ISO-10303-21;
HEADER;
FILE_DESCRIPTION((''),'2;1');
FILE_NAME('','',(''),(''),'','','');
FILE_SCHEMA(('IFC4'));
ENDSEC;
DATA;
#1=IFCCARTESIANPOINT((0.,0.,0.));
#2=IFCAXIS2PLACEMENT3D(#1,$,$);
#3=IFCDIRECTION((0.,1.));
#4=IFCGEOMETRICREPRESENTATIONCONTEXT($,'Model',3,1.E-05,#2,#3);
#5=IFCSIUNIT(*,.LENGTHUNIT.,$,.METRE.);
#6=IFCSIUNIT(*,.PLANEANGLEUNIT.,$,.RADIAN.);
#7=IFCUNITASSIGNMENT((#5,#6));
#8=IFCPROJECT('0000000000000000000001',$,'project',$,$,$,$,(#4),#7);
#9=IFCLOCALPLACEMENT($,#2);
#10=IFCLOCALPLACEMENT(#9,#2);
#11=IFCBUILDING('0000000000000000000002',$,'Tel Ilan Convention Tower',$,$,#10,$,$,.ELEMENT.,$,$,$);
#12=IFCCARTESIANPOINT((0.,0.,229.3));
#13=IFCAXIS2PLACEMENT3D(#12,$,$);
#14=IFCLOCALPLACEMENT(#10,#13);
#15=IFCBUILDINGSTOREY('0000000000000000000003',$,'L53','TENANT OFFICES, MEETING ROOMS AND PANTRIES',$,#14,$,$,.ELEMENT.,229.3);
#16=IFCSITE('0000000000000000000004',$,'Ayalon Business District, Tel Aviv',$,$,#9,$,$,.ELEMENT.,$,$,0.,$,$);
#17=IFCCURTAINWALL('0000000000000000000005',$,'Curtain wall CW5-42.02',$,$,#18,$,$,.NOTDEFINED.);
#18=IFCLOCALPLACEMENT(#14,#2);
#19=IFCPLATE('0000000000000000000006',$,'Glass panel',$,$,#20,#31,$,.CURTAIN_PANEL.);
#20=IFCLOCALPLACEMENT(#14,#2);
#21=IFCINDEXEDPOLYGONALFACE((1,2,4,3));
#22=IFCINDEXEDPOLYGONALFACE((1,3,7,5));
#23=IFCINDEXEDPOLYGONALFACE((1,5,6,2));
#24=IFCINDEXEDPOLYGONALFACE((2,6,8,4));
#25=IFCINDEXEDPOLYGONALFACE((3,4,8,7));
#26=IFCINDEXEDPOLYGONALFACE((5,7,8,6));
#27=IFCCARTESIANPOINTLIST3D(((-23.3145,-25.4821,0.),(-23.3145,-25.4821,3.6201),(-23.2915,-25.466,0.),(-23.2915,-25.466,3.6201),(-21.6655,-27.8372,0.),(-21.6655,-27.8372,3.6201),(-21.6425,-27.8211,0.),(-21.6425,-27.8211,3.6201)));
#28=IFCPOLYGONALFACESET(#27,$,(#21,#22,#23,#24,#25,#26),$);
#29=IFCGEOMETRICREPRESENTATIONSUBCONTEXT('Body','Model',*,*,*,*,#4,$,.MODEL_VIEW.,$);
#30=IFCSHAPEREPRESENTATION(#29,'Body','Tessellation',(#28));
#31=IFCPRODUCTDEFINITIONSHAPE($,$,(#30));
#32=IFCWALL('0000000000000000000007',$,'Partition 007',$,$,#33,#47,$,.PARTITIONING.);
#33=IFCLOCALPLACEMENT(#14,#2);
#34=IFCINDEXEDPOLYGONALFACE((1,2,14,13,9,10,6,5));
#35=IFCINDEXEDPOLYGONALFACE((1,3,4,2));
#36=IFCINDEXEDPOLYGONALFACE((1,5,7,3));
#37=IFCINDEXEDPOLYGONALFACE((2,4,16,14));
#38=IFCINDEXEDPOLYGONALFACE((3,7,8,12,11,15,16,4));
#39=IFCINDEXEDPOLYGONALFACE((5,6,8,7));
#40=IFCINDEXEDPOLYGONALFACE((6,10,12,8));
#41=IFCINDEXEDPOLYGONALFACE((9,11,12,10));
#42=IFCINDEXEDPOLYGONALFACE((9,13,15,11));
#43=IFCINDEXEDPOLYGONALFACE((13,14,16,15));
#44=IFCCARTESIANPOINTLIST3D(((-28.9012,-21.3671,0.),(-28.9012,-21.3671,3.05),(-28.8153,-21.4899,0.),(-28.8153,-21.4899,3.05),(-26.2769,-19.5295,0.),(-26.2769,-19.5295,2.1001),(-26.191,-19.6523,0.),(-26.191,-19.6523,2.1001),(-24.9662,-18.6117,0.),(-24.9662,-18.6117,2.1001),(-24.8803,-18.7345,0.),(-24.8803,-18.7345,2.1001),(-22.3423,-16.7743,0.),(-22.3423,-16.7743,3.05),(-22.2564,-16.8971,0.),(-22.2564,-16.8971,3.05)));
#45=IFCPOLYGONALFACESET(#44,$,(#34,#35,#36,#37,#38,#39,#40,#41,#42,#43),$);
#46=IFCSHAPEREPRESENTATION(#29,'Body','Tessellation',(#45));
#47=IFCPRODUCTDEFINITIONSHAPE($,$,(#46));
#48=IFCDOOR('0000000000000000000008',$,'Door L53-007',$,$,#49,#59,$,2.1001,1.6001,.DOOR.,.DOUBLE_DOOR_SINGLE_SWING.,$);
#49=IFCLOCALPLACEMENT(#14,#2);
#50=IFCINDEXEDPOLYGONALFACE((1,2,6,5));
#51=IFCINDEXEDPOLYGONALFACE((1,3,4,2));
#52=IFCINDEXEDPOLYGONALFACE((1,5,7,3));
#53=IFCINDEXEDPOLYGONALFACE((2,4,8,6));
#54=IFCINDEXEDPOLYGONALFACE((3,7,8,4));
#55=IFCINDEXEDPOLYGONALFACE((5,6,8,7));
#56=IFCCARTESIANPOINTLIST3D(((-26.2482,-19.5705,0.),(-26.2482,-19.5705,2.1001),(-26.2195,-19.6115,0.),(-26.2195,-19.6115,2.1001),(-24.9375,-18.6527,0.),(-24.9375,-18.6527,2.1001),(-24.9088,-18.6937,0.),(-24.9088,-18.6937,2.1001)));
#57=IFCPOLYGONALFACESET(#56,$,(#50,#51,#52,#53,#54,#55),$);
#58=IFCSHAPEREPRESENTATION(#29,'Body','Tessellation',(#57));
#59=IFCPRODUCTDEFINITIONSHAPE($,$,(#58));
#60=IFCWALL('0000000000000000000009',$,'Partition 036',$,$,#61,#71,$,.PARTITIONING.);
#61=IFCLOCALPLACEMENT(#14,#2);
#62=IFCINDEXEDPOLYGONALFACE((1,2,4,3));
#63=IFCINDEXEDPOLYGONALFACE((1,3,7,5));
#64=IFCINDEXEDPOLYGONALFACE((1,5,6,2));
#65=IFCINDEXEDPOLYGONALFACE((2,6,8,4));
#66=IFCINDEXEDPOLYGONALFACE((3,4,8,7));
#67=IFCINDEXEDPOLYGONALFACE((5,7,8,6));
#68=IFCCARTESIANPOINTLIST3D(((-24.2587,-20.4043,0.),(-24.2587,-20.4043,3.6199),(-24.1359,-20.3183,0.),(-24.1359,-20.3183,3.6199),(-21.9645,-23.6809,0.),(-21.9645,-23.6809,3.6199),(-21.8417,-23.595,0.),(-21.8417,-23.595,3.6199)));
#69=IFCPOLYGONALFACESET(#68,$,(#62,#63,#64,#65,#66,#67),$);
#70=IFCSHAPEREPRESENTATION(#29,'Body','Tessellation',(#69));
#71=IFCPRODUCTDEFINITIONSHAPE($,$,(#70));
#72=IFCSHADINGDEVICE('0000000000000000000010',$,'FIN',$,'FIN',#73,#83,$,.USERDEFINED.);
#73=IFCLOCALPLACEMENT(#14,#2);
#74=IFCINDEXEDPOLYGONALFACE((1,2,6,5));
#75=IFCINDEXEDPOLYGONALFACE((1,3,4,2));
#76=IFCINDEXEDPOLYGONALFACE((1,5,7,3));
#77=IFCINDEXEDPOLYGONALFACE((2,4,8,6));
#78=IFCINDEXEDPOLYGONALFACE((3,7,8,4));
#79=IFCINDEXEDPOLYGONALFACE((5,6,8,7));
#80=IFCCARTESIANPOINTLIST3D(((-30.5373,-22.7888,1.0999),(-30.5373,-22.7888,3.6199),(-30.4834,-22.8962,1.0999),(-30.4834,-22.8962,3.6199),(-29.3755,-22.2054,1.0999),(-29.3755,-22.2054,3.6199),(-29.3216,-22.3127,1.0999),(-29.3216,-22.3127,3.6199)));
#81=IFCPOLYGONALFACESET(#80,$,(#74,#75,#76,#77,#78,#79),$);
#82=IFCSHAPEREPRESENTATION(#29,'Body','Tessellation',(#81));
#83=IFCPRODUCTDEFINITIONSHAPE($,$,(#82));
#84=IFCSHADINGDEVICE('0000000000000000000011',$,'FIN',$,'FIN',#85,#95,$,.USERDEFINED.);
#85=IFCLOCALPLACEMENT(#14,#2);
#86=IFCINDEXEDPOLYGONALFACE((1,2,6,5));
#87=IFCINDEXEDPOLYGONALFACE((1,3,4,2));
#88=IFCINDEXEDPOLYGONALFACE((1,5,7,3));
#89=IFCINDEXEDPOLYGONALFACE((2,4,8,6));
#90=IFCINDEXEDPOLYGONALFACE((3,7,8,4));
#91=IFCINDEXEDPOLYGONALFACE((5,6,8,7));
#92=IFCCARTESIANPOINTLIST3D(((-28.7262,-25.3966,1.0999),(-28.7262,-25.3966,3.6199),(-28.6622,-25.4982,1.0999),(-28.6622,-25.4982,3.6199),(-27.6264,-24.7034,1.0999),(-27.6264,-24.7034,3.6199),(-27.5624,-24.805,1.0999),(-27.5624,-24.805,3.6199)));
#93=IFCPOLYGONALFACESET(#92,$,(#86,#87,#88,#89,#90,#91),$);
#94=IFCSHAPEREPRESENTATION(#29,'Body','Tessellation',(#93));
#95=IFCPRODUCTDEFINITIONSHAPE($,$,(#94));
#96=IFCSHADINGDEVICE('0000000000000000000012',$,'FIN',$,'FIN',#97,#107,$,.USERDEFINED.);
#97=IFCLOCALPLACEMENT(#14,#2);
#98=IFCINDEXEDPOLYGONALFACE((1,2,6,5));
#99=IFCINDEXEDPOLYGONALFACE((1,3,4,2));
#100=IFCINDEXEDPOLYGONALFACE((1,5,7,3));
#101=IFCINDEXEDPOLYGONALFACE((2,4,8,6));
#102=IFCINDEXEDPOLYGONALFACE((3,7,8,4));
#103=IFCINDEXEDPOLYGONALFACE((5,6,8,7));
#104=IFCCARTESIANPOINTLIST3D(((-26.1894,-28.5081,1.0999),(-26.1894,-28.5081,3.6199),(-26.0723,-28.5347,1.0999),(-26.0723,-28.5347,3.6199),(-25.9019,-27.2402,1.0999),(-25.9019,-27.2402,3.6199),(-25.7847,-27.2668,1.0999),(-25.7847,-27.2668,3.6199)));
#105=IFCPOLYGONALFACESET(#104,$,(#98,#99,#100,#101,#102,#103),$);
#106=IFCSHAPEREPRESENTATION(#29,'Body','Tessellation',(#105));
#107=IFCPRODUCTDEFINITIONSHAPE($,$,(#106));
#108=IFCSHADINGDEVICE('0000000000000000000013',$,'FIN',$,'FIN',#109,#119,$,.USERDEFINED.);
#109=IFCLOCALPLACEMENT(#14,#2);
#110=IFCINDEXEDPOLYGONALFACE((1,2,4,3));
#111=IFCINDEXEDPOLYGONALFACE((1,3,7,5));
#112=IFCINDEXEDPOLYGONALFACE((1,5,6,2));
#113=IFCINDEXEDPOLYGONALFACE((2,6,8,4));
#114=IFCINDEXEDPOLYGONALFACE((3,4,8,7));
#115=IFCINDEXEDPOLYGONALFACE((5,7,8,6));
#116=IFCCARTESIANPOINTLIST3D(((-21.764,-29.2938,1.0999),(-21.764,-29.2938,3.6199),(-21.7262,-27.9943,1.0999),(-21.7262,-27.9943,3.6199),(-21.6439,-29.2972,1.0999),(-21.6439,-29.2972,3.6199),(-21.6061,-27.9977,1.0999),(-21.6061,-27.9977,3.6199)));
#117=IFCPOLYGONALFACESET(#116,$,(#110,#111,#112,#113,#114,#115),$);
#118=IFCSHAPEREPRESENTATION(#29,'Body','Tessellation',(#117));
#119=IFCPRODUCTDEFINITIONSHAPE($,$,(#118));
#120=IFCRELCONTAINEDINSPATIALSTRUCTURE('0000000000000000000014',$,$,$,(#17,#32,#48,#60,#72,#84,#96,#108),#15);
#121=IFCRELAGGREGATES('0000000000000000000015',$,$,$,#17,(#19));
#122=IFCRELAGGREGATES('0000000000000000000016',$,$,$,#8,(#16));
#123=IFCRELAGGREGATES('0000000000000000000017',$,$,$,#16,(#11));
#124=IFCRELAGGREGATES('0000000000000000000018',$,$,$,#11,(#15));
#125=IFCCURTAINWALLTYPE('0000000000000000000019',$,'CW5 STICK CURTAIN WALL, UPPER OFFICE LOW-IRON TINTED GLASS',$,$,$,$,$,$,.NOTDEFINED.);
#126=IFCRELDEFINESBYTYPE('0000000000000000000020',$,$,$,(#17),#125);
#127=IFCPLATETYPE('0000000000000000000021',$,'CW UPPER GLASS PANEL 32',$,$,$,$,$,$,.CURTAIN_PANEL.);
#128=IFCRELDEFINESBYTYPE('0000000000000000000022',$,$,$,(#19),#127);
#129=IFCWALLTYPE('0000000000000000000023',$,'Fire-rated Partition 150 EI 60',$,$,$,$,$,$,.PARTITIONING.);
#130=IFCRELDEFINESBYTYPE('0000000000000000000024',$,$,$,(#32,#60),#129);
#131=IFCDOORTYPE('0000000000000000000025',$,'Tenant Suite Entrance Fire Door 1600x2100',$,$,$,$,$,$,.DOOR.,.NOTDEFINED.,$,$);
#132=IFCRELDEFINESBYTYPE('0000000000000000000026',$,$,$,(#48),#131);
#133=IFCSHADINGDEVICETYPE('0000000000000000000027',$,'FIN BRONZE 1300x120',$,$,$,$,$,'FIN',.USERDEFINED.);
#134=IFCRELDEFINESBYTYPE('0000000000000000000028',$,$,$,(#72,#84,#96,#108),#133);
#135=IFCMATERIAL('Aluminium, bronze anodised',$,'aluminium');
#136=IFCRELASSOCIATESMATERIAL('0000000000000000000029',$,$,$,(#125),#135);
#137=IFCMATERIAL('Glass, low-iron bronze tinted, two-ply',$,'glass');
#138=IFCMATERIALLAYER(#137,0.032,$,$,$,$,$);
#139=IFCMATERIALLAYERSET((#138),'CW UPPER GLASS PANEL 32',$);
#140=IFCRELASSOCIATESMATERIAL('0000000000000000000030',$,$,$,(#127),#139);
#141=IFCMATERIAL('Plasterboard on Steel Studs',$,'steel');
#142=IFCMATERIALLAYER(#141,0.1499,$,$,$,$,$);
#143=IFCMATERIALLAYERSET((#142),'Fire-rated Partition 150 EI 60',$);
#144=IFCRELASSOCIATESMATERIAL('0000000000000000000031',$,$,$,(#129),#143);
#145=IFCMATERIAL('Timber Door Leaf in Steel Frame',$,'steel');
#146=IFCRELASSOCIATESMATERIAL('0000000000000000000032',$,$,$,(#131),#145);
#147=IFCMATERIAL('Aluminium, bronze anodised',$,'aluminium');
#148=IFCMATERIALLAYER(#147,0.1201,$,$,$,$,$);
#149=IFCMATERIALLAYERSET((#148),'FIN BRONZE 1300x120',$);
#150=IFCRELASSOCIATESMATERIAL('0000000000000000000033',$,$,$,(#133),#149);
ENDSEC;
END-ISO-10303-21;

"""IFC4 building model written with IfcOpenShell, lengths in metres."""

from ifc_helpers import new_model, si_unit, direction, frame, frame_2d, origin, origin_2d, place, context, subcontext, project, spatial, rectangle, extrude, material, layer, layer_set, type_object, element, fill, aggregate, save


model = new_model("IFC4")

# Units and contexts
model_context = context("Model", 3, precision=1e-05, world=origin(), true_north=direction((0.0, 1.0)))
body_context = subcontext(model_context, "Body", "Model", "MODEL_VIEW")
ifc_project = project(units=[si_unit("LENGTHUNIT", "METRE"), si_unit("PLANEANGLEUNIT", "RADIAN")], contexts=[model_context])

# Site, building, storey
site_placement = place(None, origin())
site = spatial("IfcSite", under=ifc_project, at=site_placement, Name="Ayalon Business District, Tel Aviv", CompositionType="ELEMENT", RefElevation=0.0)
building_placement = place(site_placement, origin())
building = spatial("IfcBuilding", under=site, at=building_placement, Name="Tel Ilan Convention Tower", CompositionType="ELEMENT")
storey_placement = place(building_placement, frame((0.0, 0.0, 229.3)))
storey = spatial("IfcBuildingStorey", under=building, at=storey_placement, Name="L53", Description="TENANT OFFICES, MEETING ROOMS AND PANTRIES", CompositionType="ELEMENT", Elevation=229.3)

# Curtain wall, plate
ifc_material_1 = material(Name="Aluminium, bronze anodised", Category="aluminium")
curtain_wall_type = type_object("IfcCurtainWallType", Name="CW5 STICK CURTAIN WALL, UPPER OFFICE LOW-IRON TINTED GLASS", PredefinedType="NOTDEFINED", material=ifc_material_1)
curtain_wall_placement = place(storey_placement, origin())
curtain_wall = element("IfcCurtainWall", 1, at=curtain_wall_placement, inside=storey, type_object=curtain_wall_type, Name="Curtain wall CW5-42.02", PredefinedType="NOTDEFINED")
ifc_material_2 = material(Name="Glass, low-iron bronze tinted, two-ply", Category="glass")
ifc_layer_1 = layer(ifc_material_2, 0.032)
ifc_layer_set_1 = layer_set([ifc_layer_1], Name="CW UPPER GLASS PANEL 32")
plate_type = type_object("IfcPlateType", Name="CW UPPER GLASS PANEL 32", PredefinedType="CURTAIN_PANEL", material=ifc_layer_set_1)
plate_1_placement = place(storey_placement, frame((-22.4785, -26.6516, 0.0), z_axis=(0.0, 0.0, 1.0), x_axis=(0.573576, -0.819152, 0.0)))
plate_1 = element("IfcPlate", 2, at=plate_1_placement, type_object=plate_type, Name="Glass panel", PredefinedType="CURTAIN_PANEL", context=body_context, shape_type="SweptSolid", body=[
    extrude(rectangle(XDim=2.875, YDim=0.0281, at=origin_2d()), origin(), (0.0, 0.0, 1.0), 3.6201),
])
aggregate(curtain_wall, [plate_1])

# Wall, opening, door
ifc_material_3 = material(Name="Plasterboard on Steel Studs", Category="steel")
ifc_layer_2 = layer(ifc_material_3, 0.1499)
ifc_layer_set_2 = layer_set([ifc_layer_2], Name="Fire-rated Partition 150 EI 60")
wall_type = type_object("IfcWallType", Name="Fire-rated Partition 150 EI 60", PredefinedType="PARTITIONING", material=ifc_layer_set_2)
wall_1_placement = place(storey_placement, frame((-28.8582, -21.4285, 0.0), z_axis=(0.0, 0.0, 1.0), x_axis=(0.819139, 0.573595, 0.0)))
wall_1 = element("IfcWall", 3, at=wall_1_placement, inside=storey, type_object=wall_type, Name="Partition 007", PredefinedType="PARTITIONING", context=body_context, shape_type="SweptSolid", body=[
    extrude(rectangle(XDim=8.0071, YDim=0.1499, at=frame_2d((4.0034, 0.0))), origin(), (0.0, 0.0, 1.0), 3.05),
])
opening_placement = place(wall_1_placement, frame((3.2036, 0.0, 0.0)))
opening = element("IfcOpeningElement", 4, at=opening_placement, cuts=wall_1, PredefinedType="OPENING", context=body_context, shape_type="SweptSolid", body=[
    extrude(rectangle(XDim=1.6001, YDim=2.1001, at=frame_2d((0.8, 1.05))), frame((0.0, 0.085, 0.0), z_axis=(0.0, -1.0, 0.0), x_axis=(1.0, 0.0, 0.0)), (0.0, 0.0, 1.0), 0.1699),
])
ifc_material_4 = material(Name="Timber Door Leaf in Steel Frame", Category="steel")
door_type = type_object("IfcDoorType", Name="Tenant Suite Entrance Fire Door 1600x2100", OperationType="NOTDEFINED", PredefinedType="DOOR", material=ifc_material_4)
door_placement = place(opening_placement, origin())
door = element("IfcDoor", 5, at=door_placement, inside=storey, type_object=door_type, Name="Door L53-007", OperationType="DOUBLE_DOOR_SINGLE_SWING", OverallHeight=2.1001, OverallWidth=1.6001, PredefinedType="DOOR", context=body_context, shape_type="SweptSolid", body=[
    extrude(rectangle(XDim=1.6001, YDim=2.1001, at=frame_2d((0.8, 1.05))), frame((0.0, 0.0249, 0.0), z_axis=(0.0, -1.0, 0.0), x_axis=(1.0, 0.0, 0.0)), (0.0, 0.0, 1.0), 0.05),
])
fill(opening, door)

# Wall
wall_2_placement = place(storey_placement, frame((-21.9031, -23.6379, 0.0), z_axis=(0.0, 0.0, 1.0), x_axis=(-0.573557, 0.819166, 0.0)))
element("IfcWall", 6, at=wall_2_placement, inside=storey, type_object=wall_type, Name="Partition 036", PredefinedType="PARTITIONING", context=body_context, shape_type="SweptSolid", body=[
    extrude(rectangle(XDim=4.0, YDim=0.1499, at=frame_2d((2.0, 0.0))), origin(), (0.0, 0.0, 1.0), 3.6199),
])

# Shading devices
ifc_material_5 = material(Name="Aluminium, bronze anodised", Category="aluminium")
ifc_layer_3 = layer(ifc_material_5, 0.1201)
ifc_layer_set_3 = layer_set([ifc_layer_3], Name="FIN BRONZE 1300x120")
shading_device_type = type_object("IfcShadingDeviceType", Name="FIN BRONZE 1300x120", ElementType="FIN", PredefinedType="USERDEFINED", material=ifc_layer_set_3)
for number, where, z_axis, x_axis, name in (
    (7, (-29.9294, -22.5508, 1.0999), (0.0, 0.0, 1.0), (-0.893633, -0.448799, 0.0), "FIN"),
    (8, (-28.1443, -25.1008, 1.0999), (0.0, 0.0, 1.0), (-0.845986, -0.533204, 0.0), "FIN"),
    (9, (-25.9871, -27.8875, 1.0999), (0.0, 0.0, 1.0), (-0.22117, -0.975235, 0.0), "FIN"),
    (10, (-21.6851, -28.6458, 1.0999), (0.0, 0.0, 1.0), (-0.029085, -0.999577, 0.0), "FIN"),
):
    element("IfcShadingDevice", number, at=place(storey_placement, frame(where, z_axis=z_axis, x_axis=x_axis)), inside=storey, type_object=shading_device_type, Name=name, ObjectType="FIN", PredefinedType="USERDEFINED", context=body_context, shape_type="SweptSolid", body=[
        extrude(rectangle(XDim=1.3, YDim=0.1201, at=origin_2d()), origin(), (0.0, 0.0, 1.0), 2.52),
    ])

save(model, "model.ifc")
